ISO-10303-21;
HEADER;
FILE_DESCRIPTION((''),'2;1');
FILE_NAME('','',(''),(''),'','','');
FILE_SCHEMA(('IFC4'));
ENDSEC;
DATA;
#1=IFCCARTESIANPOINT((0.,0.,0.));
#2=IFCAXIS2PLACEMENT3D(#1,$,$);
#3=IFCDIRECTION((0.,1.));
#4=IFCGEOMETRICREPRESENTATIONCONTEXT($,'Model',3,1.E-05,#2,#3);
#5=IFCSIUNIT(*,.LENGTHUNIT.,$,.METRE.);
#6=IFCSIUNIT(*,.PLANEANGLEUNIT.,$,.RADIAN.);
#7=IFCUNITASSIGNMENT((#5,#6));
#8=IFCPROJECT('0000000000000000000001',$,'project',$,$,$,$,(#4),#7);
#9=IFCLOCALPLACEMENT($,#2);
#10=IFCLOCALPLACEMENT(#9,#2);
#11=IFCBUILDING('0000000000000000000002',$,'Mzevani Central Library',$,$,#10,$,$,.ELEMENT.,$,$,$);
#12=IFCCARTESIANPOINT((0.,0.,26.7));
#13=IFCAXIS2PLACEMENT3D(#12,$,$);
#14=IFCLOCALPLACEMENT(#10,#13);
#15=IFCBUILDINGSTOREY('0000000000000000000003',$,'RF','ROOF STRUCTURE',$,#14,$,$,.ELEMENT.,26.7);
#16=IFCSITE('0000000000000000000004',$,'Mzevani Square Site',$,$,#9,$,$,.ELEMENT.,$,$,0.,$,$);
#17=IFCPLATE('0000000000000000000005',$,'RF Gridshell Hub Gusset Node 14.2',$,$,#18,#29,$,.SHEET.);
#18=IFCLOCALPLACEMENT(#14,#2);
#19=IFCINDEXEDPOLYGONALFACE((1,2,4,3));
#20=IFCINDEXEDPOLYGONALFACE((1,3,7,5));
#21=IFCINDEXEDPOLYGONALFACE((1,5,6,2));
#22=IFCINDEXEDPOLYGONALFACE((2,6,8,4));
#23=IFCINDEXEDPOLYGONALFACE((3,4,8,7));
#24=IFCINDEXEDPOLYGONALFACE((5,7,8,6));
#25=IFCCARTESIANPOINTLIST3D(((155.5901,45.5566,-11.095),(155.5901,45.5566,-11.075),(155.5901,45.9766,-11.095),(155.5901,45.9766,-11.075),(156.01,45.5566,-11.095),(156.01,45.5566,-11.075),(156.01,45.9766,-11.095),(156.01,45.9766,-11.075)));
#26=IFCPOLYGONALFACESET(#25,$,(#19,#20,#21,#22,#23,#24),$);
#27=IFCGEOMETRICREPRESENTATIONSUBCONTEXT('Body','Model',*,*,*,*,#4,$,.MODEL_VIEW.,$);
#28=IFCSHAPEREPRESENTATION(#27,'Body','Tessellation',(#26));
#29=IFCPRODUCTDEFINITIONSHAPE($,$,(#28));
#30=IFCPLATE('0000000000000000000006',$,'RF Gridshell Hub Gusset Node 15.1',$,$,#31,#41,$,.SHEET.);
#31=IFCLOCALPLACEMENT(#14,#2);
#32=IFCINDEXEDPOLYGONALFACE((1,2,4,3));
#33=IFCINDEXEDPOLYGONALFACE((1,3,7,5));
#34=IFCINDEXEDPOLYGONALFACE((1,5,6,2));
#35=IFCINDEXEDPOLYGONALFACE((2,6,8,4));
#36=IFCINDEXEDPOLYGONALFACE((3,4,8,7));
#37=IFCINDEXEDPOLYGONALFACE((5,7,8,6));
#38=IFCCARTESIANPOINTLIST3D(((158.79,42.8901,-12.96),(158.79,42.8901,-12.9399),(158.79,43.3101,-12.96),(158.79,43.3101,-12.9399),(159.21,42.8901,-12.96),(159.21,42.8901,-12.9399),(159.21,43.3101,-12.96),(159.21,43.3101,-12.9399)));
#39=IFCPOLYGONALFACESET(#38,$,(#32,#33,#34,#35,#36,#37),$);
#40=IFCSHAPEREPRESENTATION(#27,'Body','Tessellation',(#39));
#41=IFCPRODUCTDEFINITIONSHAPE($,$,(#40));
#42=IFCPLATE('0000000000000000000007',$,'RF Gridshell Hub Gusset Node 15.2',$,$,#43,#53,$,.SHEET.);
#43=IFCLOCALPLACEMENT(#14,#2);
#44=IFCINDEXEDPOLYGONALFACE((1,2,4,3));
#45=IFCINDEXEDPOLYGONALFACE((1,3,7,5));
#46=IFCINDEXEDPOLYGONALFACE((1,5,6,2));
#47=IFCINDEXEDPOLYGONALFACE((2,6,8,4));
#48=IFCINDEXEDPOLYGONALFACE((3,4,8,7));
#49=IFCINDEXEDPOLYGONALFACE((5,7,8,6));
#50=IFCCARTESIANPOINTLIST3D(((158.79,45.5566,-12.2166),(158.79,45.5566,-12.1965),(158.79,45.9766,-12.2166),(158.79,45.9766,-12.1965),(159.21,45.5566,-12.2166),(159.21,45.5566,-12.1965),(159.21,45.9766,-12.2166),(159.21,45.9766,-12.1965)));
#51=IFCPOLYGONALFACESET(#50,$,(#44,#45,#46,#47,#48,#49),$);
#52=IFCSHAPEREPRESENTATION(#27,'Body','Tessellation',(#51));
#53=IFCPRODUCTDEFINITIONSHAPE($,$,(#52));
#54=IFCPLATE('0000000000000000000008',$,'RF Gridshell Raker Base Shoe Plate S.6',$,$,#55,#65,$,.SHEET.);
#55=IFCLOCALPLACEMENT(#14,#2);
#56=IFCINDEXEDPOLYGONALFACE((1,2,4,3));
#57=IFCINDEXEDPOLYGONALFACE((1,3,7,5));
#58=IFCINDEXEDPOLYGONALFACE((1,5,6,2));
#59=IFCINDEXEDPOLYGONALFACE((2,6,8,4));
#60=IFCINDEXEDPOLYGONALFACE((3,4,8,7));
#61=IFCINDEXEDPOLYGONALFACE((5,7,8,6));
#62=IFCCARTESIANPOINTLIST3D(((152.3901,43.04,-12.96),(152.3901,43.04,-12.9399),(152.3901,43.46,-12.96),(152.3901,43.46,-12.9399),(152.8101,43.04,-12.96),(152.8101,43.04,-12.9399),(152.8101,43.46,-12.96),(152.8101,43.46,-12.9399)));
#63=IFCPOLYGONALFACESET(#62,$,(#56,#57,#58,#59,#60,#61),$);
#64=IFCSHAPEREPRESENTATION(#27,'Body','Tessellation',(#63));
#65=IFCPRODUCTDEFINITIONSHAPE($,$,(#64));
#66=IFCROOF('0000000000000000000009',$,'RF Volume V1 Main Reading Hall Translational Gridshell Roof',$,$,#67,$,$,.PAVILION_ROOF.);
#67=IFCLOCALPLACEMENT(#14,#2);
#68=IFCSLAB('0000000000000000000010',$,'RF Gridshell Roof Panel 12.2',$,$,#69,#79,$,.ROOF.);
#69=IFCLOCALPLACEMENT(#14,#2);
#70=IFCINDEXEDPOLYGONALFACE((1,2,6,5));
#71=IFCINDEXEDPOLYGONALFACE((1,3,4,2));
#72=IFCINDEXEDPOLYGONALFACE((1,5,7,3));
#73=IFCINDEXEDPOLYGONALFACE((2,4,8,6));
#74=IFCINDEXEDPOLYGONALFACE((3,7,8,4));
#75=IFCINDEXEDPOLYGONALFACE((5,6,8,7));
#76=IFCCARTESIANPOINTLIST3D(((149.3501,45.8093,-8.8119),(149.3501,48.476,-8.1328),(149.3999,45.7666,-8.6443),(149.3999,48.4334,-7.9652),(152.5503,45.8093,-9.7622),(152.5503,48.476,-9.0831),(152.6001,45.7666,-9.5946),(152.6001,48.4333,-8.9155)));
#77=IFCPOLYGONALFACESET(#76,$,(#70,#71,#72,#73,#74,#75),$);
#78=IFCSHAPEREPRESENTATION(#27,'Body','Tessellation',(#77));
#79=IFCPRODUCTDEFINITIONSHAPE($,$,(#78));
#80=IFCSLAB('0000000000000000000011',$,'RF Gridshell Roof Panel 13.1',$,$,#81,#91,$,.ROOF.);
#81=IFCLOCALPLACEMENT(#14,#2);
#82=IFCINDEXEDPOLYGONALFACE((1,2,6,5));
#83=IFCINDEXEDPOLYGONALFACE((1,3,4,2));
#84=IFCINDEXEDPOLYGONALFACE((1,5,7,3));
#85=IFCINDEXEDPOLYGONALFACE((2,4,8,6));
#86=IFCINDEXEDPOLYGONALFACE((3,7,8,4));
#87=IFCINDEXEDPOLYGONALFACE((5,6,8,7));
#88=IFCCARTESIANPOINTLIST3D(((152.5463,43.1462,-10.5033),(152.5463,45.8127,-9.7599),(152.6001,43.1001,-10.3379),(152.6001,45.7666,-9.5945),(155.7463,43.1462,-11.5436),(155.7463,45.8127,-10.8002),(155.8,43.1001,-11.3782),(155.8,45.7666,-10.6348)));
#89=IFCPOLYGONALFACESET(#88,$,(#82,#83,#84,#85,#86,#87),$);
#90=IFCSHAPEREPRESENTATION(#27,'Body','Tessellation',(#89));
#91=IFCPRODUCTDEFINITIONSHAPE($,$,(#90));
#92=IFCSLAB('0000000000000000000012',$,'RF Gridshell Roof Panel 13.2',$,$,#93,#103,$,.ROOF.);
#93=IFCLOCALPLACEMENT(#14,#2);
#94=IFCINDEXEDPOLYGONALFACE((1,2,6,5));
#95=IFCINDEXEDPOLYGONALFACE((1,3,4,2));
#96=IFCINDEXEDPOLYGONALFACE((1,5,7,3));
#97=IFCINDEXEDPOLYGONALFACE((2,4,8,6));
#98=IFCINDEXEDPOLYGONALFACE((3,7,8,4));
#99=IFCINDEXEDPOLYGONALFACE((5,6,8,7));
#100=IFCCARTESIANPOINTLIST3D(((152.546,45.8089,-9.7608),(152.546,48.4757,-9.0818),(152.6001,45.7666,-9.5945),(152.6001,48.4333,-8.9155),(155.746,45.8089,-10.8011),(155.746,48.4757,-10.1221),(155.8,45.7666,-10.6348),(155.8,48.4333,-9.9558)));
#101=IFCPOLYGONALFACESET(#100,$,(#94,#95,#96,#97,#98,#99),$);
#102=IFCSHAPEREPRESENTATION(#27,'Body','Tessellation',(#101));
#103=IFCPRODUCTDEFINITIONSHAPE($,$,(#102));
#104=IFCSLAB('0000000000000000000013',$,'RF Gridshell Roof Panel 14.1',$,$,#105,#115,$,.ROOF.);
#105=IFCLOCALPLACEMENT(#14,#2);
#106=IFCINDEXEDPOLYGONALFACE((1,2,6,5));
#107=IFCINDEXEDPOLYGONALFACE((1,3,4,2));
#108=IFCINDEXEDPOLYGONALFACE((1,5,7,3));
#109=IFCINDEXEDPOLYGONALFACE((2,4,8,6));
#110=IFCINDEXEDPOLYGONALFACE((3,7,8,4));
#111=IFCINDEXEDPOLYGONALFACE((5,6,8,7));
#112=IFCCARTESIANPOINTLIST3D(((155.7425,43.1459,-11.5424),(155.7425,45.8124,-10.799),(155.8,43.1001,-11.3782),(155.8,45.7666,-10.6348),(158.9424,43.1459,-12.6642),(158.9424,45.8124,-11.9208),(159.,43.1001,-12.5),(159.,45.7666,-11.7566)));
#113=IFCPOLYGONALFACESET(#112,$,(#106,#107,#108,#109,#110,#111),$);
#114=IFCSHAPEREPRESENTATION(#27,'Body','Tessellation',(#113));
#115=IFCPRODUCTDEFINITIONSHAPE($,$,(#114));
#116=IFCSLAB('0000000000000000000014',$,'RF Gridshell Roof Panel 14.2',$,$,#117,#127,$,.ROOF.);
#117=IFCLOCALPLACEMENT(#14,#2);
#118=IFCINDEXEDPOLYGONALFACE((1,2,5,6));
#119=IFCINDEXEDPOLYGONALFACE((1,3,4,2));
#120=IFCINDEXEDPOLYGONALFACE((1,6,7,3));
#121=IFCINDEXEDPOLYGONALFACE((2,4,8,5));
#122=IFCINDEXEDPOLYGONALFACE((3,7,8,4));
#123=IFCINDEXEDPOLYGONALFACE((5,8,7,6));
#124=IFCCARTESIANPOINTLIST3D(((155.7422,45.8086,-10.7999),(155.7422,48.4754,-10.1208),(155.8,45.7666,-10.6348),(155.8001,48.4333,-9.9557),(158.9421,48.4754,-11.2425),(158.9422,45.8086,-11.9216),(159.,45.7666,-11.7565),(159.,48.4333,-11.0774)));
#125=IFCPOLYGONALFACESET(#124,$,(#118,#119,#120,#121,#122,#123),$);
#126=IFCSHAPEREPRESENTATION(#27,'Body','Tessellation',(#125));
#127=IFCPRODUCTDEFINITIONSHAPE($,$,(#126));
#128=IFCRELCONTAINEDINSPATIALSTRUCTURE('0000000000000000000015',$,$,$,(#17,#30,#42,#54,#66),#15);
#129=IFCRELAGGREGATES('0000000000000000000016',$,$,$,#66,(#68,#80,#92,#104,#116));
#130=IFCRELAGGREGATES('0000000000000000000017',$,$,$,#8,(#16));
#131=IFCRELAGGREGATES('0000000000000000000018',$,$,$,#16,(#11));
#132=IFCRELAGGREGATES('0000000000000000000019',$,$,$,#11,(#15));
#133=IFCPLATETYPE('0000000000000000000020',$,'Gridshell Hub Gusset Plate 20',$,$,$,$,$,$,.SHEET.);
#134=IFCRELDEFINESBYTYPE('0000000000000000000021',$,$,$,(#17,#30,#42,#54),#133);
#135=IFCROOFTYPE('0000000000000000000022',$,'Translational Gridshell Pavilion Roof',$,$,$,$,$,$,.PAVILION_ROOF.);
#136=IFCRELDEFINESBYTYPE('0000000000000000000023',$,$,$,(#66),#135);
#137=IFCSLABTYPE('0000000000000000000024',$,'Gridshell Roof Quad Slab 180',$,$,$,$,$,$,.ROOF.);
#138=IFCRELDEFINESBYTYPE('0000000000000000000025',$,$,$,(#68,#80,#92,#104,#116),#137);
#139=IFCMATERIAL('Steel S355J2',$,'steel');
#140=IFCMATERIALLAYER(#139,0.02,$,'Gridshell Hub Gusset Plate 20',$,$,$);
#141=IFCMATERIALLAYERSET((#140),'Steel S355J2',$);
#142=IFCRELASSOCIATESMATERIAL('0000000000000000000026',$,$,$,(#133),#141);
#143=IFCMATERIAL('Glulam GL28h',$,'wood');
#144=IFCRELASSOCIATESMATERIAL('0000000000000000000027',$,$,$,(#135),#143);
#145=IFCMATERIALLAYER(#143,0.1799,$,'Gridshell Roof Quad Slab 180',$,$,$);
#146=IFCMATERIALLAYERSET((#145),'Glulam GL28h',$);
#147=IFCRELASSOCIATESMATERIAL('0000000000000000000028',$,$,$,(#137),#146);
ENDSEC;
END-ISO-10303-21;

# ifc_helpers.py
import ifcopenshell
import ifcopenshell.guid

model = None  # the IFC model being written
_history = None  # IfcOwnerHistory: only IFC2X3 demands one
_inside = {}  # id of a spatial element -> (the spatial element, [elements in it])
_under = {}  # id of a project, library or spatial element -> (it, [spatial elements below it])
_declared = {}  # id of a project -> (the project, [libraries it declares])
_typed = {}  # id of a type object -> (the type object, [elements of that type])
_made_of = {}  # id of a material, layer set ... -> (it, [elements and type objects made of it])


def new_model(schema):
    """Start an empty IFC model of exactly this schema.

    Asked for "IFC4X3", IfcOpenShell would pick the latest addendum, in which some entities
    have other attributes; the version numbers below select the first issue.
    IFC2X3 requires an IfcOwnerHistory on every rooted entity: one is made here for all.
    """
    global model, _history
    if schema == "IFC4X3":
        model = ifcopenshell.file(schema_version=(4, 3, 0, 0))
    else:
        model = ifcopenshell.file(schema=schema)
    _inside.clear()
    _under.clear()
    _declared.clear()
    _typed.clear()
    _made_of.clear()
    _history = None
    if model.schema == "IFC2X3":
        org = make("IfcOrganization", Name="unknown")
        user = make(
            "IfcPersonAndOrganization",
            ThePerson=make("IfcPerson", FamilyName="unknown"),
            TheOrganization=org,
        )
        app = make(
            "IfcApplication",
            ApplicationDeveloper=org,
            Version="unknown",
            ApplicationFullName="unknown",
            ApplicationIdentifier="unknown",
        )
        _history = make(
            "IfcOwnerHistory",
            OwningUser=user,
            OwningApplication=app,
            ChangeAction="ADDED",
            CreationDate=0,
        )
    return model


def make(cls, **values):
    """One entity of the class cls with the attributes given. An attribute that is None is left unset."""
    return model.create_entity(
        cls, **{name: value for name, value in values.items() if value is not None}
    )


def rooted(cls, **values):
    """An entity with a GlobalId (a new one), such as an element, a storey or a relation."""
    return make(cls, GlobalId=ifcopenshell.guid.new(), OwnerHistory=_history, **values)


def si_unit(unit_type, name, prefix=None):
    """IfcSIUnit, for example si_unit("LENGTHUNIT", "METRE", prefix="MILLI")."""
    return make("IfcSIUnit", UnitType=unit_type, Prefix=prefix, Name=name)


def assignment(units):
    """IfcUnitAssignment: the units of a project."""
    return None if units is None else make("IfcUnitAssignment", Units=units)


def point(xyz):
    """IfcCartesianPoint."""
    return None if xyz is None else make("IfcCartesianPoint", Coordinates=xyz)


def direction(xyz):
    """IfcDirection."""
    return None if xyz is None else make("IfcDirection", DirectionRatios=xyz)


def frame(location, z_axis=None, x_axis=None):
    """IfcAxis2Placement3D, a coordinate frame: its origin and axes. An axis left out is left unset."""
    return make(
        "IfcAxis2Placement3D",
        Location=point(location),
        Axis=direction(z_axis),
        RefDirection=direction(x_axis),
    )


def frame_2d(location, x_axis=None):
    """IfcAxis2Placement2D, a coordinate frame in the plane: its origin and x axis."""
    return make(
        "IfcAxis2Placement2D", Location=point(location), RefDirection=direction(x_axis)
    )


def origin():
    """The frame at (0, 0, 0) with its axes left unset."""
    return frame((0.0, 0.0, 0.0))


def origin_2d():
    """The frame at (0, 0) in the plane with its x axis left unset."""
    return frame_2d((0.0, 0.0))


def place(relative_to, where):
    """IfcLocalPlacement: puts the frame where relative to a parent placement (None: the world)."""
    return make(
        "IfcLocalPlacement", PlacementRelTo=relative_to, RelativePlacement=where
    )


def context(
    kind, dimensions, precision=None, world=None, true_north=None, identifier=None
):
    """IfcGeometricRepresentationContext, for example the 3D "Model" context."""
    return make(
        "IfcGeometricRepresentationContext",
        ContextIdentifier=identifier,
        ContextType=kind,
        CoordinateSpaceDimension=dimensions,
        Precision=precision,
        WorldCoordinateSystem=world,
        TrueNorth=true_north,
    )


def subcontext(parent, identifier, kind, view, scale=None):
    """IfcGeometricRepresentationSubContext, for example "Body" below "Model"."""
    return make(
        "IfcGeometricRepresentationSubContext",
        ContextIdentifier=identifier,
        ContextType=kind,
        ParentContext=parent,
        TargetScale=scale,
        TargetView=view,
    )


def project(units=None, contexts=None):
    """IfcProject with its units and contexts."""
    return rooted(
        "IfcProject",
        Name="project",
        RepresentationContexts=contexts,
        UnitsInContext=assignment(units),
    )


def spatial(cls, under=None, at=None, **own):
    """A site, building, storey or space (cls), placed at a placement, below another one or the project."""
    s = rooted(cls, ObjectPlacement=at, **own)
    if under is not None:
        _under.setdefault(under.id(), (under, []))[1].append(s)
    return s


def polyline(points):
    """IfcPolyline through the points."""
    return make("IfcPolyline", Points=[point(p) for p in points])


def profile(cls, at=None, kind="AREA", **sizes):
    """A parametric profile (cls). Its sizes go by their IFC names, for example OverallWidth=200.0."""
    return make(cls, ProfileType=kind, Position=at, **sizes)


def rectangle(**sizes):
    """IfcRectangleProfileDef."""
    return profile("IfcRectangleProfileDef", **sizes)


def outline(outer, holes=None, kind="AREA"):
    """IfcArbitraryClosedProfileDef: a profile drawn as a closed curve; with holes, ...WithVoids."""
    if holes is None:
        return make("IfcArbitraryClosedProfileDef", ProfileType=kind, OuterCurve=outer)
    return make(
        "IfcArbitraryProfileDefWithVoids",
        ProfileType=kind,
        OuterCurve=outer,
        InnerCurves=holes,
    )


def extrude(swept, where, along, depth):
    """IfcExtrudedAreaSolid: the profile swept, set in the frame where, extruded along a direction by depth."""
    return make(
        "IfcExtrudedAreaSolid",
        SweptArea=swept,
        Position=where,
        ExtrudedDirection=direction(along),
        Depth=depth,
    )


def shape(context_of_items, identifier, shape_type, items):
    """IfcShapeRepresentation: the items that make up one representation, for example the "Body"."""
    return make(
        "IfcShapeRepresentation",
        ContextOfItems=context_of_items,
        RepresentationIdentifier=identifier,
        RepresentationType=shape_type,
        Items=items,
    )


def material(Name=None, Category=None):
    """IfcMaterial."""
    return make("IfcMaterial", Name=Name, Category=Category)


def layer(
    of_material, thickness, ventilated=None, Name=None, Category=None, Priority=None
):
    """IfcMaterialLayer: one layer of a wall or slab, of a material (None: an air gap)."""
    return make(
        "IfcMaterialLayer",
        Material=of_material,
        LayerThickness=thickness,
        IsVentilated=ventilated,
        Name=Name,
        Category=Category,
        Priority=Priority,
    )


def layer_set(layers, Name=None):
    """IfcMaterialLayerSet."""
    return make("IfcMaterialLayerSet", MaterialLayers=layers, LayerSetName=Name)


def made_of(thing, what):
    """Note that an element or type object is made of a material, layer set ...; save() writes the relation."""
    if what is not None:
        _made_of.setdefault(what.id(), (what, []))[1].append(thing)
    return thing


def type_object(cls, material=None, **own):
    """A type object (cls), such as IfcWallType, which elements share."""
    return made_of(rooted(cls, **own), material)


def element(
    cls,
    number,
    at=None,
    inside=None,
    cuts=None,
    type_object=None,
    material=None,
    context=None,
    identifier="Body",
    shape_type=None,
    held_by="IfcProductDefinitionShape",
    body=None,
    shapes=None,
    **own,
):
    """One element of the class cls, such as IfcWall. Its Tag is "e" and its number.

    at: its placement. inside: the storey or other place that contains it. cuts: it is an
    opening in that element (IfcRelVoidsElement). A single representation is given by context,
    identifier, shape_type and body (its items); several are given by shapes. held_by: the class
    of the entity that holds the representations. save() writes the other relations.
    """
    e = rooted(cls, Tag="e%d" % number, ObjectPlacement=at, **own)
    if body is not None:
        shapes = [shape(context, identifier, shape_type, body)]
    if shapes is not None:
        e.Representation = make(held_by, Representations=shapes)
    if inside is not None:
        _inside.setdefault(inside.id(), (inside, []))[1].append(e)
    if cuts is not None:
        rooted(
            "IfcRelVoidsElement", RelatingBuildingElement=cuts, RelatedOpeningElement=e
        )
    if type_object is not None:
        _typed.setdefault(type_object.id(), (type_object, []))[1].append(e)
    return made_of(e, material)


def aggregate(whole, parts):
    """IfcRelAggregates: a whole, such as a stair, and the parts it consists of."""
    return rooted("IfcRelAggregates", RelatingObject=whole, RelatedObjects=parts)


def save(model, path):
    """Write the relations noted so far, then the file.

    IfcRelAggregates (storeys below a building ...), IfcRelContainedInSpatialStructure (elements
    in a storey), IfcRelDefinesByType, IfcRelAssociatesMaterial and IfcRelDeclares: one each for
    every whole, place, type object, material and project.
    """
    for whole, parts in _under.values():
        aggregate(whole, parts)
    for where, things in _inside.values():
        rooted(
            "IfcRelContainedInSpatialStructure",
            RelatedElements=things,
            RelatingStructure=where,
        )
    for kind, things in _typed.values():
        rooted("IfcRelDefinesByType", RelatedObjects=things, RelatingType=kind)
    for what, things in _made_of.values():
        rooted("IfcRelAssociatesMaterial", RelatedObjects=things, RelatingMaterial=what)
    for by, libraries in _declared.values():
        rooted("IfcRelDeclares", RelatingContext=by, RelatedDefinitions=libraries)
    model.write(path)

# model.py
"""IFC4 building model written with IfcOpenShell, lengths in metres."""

from ifc_helpers import new_model, si_unit, direction, frame, origin, origin_2d, place, context, subcontext, project, spatial, polyline, rectangle, outline, extrude, material, layer, layer_set, type_object, element, aggregate, save


model = new_model("IFC4")

# Units and contexts
model_context = context("Model", 3, precision=1e-05, world=origin(), true_north=direction((0.0, 1.0)))
body_context = subcontext(model_context, "Body", "Model", "MODEL_VIEW")
ifc_project = project(units=[si_unit("LENGTHUNIT", "METRE"), si_unit("PLANEANGLEUNIT", "RADIAN")], contexts=[model_context])

# Site, building, storey
site_placement = place(None, origin())
site = spatial("IfcSite", under=ifc_project, at=site_placement, Name="Mzevani Square Site", CompositionType="ELEMENT", RefElevation=0.0)
building_placement = place(site_placement, origin())
building = spatial("IfcBuilding", under=site, at=building_placement, Name="Mzevani Central Library", CompositionType="ELEMENT")
storey_placement = place(building_placement, frame((0.0, 0.0, 26.7)))
storey = spatial("IfcBuildingStorey", under=building, at=storey_placement, Name="RF", Description="ROOF STRUCTURE", CompositionType="ELEMENT", Elevation=26.7)

# Shared definitions
ifc_material_1 = material(Name="Steel S355J2", Category="steel")
ifc_material_2 = material(Name="Glulam GL28h", Category="wood")

# Plates
ifc_layer_1 = layer(ifc_material_1, 0.02, Name="Gridshell Hub Gusset Plate 20")
ifc_layer_set_1 = layer_set([ifc_layer_1], Name="Steel S355J2")
plate_type = type_object("IfcPlateType", Name="Gridshell Hub Gusset Plate 20", PredefinedType="SHEET", material=ifc_layer_set_1)
for number, where, z_axis, x_axis, name in (
    (1, (155.8, 45.7666, -11.095), (0.0, 0.0, 1.0), (1.0, 0.0, 0.0), "RF Gridshell Hub Gusset Node 14.2"),
    (2, (159.0, 43.1001, -12.96), (0.0, 0.0, 1.0), (1.0, 0.0, 0.0), "RF Gridshell Hub Gusset Node 15.1"),
    (3, (159.0, 45.7666, -12.2166), (0.0, 0.0, 1.0), (1.0, 0.0, 0.0), "RF Gridshell Hub Gusset Node 15.2"),
    (4, (152.6001, 43.25, -12.96), (0.0, 0.0, 1.0), (1.0, 0.0, 0.0), "RF Gridshell Raker Base Shoe Plate S.6"),
):
    element("IfcPlate", number, at=place(storey_placement, frame(where, z_axis=z_axis, x_axis=x_axis)), inside=storey, type_object=plate_type, Name=name, PredefinedType="SHEET", context=body_context, shape_type="SweptSolid", body=[
        extrude(rectangle(XDim=0.4199, YDim=0.4199, at=origin_2d()), origin(), (0.0, 0.0, 1.0), 0.02),
    ])

# Roof, slabs
roof_type = type_object("IfcRoofType", Name="Translational Gridshell Pavilion Roof", PredefinedType="PAVILION_ROOF", material=ifc_material_2)
roof_placement = place(storey_placement, origin())
roof = element("IfcRoof", 5, at=roof_placement, inside=storey, type_object=roof_type, Name="RF Volume V1 Main Reading Hall Translational Gridshell Roof", PredefinedType="PAVILION_ROOF")
ifc_layer_2 = layer(ifc_material_2, 0.1799, Name="Gridshell Roof Quad Slab 180")
ifc_layer_set_2 = layer_set([ifc_layer_2], Name="Glulam GL28h")
slab_type = type_object("IfcSlabType", Name="Gridshell Roof Quad Slab 180", PredefinedType="ROOF", material=ifc_layer_set_2)
slab_1_placement = place(storey_placement, frame((149.3999, 45.7666, -8.6443), z_axis=(0.276549, -0.237147, 0.93128), x_axis=(0.958626, 0.000008, -0.284668)))
slab_1 = element("IfcSlab", 6, at=slab_1_placement, type_object=slab_type, Name="RF Gridshell Roof Panel 12.2", PredefinedType="ROOF", context=body_context, shape_type="SweptSolid", body=[
    extrude(outline(polyline([(0.0, 0.0), (3.3383, 0.0), (3.145, 2.745), (-0.1933, 2.7451), (0.0, 0.0)])), origin(), (0.0, 0.0, -1.0), 0.1799),
])
slab_2_placement = place(storey_placement, frame((152.6001, 43.1001, -10.3379), z_axis=(0.298841, -0.256281, 0.919246), x_axis=(0.951008, 0.0, -0.309166)))
slab_2 = element("IfcSlab", 7, at=slab_2_placement, type_object=slab_type, Name="RF Gridshell Roof Panel 13.1", PredefinedType="ROOF", context=body_context, shape_type="SweptSolid", body=[
    extrude(outline(polyline([(0.0, 0.0), (3.3648, 0.0), (3.135, 2.7586), (-0.2298, 2.7586), (0.0, 0.0)])), origin(), (0.0, 0.0, -1.0), 0.1799),
])
slab_3_placement = place(storey_placement, frame((152.6001, 45.7666, -9.5945), z_axis=(0.300484, -0.235327, 0.9243), x_axis=(0.951008, 0.0, -0.309166)))
slab_3 = element("IfcSlab", 8, at=slab_3_placement, type_object=slab_type, Name="RF Gridshell Roof Panel 13.2", PredefinedType="ROOF", context=body_context, shape_type="SweptSolid", body=[
    extrude(outline(polyline([(0.0, 0.0), (3.3648, 0.0), (3.1549, 2.7438), (-0.2099, 2.7438), (0.0, 0.0)])), origin(), (0.0, 0.0, -1.0), 0.1799),
])
slab_4_placement = place(storey_placement, frame((155.8, 43.1001, -11.3782), z_axis=(0.319947, -0.254437, 0.912631), x_axis=(0.943689, 0.0, -0.330835)))
slab_4 = element("IfcSlab", 9, at=slab_4_placement, type_object=slab_type, Name="RF Gridshell Roof Panel 14.1", PredefinedType="ROOF", context=body_context, shape_type="SweptSolid", body=[
    extrude(outline(polyline([(0.0, 0.0), (3.3909, 0.0), (3.145, 2.7572), (-0.2459, 2.7572), (0.0, 0.0)])), origin(), (0.0, 0.0, -1.0), 0.1799),
])
slab_5_placement = place(storey_placement, frame((155.8, 45.7666, -10.6348), z_axis=(0.321646, -0.233658, 0.917577), x_axis=(0.943699, -0.000008, -0.330804)))
slab_5 = element("IfcSlab", 10, at=slab_5_placement, type_object=slab_type, Name="RF Gridshell Roof Panel 14.2", PredefinedType="ROOF", context=body_context, shape_type="SweptSolid", body=[
    extrude(outline(polyline([(0.0, 0.0), (3.3909, 0.0), (3.1662, 2.7427), (-0.2246, 2.7426), (0.0, 0.0)])), origin(), (0.0, 0.0, -1.0), 0.1799),
])
aggregate(roof, [slab_1, slab_2, slab_3, slab_4, slab_5])

save(model, "model.ifc")
